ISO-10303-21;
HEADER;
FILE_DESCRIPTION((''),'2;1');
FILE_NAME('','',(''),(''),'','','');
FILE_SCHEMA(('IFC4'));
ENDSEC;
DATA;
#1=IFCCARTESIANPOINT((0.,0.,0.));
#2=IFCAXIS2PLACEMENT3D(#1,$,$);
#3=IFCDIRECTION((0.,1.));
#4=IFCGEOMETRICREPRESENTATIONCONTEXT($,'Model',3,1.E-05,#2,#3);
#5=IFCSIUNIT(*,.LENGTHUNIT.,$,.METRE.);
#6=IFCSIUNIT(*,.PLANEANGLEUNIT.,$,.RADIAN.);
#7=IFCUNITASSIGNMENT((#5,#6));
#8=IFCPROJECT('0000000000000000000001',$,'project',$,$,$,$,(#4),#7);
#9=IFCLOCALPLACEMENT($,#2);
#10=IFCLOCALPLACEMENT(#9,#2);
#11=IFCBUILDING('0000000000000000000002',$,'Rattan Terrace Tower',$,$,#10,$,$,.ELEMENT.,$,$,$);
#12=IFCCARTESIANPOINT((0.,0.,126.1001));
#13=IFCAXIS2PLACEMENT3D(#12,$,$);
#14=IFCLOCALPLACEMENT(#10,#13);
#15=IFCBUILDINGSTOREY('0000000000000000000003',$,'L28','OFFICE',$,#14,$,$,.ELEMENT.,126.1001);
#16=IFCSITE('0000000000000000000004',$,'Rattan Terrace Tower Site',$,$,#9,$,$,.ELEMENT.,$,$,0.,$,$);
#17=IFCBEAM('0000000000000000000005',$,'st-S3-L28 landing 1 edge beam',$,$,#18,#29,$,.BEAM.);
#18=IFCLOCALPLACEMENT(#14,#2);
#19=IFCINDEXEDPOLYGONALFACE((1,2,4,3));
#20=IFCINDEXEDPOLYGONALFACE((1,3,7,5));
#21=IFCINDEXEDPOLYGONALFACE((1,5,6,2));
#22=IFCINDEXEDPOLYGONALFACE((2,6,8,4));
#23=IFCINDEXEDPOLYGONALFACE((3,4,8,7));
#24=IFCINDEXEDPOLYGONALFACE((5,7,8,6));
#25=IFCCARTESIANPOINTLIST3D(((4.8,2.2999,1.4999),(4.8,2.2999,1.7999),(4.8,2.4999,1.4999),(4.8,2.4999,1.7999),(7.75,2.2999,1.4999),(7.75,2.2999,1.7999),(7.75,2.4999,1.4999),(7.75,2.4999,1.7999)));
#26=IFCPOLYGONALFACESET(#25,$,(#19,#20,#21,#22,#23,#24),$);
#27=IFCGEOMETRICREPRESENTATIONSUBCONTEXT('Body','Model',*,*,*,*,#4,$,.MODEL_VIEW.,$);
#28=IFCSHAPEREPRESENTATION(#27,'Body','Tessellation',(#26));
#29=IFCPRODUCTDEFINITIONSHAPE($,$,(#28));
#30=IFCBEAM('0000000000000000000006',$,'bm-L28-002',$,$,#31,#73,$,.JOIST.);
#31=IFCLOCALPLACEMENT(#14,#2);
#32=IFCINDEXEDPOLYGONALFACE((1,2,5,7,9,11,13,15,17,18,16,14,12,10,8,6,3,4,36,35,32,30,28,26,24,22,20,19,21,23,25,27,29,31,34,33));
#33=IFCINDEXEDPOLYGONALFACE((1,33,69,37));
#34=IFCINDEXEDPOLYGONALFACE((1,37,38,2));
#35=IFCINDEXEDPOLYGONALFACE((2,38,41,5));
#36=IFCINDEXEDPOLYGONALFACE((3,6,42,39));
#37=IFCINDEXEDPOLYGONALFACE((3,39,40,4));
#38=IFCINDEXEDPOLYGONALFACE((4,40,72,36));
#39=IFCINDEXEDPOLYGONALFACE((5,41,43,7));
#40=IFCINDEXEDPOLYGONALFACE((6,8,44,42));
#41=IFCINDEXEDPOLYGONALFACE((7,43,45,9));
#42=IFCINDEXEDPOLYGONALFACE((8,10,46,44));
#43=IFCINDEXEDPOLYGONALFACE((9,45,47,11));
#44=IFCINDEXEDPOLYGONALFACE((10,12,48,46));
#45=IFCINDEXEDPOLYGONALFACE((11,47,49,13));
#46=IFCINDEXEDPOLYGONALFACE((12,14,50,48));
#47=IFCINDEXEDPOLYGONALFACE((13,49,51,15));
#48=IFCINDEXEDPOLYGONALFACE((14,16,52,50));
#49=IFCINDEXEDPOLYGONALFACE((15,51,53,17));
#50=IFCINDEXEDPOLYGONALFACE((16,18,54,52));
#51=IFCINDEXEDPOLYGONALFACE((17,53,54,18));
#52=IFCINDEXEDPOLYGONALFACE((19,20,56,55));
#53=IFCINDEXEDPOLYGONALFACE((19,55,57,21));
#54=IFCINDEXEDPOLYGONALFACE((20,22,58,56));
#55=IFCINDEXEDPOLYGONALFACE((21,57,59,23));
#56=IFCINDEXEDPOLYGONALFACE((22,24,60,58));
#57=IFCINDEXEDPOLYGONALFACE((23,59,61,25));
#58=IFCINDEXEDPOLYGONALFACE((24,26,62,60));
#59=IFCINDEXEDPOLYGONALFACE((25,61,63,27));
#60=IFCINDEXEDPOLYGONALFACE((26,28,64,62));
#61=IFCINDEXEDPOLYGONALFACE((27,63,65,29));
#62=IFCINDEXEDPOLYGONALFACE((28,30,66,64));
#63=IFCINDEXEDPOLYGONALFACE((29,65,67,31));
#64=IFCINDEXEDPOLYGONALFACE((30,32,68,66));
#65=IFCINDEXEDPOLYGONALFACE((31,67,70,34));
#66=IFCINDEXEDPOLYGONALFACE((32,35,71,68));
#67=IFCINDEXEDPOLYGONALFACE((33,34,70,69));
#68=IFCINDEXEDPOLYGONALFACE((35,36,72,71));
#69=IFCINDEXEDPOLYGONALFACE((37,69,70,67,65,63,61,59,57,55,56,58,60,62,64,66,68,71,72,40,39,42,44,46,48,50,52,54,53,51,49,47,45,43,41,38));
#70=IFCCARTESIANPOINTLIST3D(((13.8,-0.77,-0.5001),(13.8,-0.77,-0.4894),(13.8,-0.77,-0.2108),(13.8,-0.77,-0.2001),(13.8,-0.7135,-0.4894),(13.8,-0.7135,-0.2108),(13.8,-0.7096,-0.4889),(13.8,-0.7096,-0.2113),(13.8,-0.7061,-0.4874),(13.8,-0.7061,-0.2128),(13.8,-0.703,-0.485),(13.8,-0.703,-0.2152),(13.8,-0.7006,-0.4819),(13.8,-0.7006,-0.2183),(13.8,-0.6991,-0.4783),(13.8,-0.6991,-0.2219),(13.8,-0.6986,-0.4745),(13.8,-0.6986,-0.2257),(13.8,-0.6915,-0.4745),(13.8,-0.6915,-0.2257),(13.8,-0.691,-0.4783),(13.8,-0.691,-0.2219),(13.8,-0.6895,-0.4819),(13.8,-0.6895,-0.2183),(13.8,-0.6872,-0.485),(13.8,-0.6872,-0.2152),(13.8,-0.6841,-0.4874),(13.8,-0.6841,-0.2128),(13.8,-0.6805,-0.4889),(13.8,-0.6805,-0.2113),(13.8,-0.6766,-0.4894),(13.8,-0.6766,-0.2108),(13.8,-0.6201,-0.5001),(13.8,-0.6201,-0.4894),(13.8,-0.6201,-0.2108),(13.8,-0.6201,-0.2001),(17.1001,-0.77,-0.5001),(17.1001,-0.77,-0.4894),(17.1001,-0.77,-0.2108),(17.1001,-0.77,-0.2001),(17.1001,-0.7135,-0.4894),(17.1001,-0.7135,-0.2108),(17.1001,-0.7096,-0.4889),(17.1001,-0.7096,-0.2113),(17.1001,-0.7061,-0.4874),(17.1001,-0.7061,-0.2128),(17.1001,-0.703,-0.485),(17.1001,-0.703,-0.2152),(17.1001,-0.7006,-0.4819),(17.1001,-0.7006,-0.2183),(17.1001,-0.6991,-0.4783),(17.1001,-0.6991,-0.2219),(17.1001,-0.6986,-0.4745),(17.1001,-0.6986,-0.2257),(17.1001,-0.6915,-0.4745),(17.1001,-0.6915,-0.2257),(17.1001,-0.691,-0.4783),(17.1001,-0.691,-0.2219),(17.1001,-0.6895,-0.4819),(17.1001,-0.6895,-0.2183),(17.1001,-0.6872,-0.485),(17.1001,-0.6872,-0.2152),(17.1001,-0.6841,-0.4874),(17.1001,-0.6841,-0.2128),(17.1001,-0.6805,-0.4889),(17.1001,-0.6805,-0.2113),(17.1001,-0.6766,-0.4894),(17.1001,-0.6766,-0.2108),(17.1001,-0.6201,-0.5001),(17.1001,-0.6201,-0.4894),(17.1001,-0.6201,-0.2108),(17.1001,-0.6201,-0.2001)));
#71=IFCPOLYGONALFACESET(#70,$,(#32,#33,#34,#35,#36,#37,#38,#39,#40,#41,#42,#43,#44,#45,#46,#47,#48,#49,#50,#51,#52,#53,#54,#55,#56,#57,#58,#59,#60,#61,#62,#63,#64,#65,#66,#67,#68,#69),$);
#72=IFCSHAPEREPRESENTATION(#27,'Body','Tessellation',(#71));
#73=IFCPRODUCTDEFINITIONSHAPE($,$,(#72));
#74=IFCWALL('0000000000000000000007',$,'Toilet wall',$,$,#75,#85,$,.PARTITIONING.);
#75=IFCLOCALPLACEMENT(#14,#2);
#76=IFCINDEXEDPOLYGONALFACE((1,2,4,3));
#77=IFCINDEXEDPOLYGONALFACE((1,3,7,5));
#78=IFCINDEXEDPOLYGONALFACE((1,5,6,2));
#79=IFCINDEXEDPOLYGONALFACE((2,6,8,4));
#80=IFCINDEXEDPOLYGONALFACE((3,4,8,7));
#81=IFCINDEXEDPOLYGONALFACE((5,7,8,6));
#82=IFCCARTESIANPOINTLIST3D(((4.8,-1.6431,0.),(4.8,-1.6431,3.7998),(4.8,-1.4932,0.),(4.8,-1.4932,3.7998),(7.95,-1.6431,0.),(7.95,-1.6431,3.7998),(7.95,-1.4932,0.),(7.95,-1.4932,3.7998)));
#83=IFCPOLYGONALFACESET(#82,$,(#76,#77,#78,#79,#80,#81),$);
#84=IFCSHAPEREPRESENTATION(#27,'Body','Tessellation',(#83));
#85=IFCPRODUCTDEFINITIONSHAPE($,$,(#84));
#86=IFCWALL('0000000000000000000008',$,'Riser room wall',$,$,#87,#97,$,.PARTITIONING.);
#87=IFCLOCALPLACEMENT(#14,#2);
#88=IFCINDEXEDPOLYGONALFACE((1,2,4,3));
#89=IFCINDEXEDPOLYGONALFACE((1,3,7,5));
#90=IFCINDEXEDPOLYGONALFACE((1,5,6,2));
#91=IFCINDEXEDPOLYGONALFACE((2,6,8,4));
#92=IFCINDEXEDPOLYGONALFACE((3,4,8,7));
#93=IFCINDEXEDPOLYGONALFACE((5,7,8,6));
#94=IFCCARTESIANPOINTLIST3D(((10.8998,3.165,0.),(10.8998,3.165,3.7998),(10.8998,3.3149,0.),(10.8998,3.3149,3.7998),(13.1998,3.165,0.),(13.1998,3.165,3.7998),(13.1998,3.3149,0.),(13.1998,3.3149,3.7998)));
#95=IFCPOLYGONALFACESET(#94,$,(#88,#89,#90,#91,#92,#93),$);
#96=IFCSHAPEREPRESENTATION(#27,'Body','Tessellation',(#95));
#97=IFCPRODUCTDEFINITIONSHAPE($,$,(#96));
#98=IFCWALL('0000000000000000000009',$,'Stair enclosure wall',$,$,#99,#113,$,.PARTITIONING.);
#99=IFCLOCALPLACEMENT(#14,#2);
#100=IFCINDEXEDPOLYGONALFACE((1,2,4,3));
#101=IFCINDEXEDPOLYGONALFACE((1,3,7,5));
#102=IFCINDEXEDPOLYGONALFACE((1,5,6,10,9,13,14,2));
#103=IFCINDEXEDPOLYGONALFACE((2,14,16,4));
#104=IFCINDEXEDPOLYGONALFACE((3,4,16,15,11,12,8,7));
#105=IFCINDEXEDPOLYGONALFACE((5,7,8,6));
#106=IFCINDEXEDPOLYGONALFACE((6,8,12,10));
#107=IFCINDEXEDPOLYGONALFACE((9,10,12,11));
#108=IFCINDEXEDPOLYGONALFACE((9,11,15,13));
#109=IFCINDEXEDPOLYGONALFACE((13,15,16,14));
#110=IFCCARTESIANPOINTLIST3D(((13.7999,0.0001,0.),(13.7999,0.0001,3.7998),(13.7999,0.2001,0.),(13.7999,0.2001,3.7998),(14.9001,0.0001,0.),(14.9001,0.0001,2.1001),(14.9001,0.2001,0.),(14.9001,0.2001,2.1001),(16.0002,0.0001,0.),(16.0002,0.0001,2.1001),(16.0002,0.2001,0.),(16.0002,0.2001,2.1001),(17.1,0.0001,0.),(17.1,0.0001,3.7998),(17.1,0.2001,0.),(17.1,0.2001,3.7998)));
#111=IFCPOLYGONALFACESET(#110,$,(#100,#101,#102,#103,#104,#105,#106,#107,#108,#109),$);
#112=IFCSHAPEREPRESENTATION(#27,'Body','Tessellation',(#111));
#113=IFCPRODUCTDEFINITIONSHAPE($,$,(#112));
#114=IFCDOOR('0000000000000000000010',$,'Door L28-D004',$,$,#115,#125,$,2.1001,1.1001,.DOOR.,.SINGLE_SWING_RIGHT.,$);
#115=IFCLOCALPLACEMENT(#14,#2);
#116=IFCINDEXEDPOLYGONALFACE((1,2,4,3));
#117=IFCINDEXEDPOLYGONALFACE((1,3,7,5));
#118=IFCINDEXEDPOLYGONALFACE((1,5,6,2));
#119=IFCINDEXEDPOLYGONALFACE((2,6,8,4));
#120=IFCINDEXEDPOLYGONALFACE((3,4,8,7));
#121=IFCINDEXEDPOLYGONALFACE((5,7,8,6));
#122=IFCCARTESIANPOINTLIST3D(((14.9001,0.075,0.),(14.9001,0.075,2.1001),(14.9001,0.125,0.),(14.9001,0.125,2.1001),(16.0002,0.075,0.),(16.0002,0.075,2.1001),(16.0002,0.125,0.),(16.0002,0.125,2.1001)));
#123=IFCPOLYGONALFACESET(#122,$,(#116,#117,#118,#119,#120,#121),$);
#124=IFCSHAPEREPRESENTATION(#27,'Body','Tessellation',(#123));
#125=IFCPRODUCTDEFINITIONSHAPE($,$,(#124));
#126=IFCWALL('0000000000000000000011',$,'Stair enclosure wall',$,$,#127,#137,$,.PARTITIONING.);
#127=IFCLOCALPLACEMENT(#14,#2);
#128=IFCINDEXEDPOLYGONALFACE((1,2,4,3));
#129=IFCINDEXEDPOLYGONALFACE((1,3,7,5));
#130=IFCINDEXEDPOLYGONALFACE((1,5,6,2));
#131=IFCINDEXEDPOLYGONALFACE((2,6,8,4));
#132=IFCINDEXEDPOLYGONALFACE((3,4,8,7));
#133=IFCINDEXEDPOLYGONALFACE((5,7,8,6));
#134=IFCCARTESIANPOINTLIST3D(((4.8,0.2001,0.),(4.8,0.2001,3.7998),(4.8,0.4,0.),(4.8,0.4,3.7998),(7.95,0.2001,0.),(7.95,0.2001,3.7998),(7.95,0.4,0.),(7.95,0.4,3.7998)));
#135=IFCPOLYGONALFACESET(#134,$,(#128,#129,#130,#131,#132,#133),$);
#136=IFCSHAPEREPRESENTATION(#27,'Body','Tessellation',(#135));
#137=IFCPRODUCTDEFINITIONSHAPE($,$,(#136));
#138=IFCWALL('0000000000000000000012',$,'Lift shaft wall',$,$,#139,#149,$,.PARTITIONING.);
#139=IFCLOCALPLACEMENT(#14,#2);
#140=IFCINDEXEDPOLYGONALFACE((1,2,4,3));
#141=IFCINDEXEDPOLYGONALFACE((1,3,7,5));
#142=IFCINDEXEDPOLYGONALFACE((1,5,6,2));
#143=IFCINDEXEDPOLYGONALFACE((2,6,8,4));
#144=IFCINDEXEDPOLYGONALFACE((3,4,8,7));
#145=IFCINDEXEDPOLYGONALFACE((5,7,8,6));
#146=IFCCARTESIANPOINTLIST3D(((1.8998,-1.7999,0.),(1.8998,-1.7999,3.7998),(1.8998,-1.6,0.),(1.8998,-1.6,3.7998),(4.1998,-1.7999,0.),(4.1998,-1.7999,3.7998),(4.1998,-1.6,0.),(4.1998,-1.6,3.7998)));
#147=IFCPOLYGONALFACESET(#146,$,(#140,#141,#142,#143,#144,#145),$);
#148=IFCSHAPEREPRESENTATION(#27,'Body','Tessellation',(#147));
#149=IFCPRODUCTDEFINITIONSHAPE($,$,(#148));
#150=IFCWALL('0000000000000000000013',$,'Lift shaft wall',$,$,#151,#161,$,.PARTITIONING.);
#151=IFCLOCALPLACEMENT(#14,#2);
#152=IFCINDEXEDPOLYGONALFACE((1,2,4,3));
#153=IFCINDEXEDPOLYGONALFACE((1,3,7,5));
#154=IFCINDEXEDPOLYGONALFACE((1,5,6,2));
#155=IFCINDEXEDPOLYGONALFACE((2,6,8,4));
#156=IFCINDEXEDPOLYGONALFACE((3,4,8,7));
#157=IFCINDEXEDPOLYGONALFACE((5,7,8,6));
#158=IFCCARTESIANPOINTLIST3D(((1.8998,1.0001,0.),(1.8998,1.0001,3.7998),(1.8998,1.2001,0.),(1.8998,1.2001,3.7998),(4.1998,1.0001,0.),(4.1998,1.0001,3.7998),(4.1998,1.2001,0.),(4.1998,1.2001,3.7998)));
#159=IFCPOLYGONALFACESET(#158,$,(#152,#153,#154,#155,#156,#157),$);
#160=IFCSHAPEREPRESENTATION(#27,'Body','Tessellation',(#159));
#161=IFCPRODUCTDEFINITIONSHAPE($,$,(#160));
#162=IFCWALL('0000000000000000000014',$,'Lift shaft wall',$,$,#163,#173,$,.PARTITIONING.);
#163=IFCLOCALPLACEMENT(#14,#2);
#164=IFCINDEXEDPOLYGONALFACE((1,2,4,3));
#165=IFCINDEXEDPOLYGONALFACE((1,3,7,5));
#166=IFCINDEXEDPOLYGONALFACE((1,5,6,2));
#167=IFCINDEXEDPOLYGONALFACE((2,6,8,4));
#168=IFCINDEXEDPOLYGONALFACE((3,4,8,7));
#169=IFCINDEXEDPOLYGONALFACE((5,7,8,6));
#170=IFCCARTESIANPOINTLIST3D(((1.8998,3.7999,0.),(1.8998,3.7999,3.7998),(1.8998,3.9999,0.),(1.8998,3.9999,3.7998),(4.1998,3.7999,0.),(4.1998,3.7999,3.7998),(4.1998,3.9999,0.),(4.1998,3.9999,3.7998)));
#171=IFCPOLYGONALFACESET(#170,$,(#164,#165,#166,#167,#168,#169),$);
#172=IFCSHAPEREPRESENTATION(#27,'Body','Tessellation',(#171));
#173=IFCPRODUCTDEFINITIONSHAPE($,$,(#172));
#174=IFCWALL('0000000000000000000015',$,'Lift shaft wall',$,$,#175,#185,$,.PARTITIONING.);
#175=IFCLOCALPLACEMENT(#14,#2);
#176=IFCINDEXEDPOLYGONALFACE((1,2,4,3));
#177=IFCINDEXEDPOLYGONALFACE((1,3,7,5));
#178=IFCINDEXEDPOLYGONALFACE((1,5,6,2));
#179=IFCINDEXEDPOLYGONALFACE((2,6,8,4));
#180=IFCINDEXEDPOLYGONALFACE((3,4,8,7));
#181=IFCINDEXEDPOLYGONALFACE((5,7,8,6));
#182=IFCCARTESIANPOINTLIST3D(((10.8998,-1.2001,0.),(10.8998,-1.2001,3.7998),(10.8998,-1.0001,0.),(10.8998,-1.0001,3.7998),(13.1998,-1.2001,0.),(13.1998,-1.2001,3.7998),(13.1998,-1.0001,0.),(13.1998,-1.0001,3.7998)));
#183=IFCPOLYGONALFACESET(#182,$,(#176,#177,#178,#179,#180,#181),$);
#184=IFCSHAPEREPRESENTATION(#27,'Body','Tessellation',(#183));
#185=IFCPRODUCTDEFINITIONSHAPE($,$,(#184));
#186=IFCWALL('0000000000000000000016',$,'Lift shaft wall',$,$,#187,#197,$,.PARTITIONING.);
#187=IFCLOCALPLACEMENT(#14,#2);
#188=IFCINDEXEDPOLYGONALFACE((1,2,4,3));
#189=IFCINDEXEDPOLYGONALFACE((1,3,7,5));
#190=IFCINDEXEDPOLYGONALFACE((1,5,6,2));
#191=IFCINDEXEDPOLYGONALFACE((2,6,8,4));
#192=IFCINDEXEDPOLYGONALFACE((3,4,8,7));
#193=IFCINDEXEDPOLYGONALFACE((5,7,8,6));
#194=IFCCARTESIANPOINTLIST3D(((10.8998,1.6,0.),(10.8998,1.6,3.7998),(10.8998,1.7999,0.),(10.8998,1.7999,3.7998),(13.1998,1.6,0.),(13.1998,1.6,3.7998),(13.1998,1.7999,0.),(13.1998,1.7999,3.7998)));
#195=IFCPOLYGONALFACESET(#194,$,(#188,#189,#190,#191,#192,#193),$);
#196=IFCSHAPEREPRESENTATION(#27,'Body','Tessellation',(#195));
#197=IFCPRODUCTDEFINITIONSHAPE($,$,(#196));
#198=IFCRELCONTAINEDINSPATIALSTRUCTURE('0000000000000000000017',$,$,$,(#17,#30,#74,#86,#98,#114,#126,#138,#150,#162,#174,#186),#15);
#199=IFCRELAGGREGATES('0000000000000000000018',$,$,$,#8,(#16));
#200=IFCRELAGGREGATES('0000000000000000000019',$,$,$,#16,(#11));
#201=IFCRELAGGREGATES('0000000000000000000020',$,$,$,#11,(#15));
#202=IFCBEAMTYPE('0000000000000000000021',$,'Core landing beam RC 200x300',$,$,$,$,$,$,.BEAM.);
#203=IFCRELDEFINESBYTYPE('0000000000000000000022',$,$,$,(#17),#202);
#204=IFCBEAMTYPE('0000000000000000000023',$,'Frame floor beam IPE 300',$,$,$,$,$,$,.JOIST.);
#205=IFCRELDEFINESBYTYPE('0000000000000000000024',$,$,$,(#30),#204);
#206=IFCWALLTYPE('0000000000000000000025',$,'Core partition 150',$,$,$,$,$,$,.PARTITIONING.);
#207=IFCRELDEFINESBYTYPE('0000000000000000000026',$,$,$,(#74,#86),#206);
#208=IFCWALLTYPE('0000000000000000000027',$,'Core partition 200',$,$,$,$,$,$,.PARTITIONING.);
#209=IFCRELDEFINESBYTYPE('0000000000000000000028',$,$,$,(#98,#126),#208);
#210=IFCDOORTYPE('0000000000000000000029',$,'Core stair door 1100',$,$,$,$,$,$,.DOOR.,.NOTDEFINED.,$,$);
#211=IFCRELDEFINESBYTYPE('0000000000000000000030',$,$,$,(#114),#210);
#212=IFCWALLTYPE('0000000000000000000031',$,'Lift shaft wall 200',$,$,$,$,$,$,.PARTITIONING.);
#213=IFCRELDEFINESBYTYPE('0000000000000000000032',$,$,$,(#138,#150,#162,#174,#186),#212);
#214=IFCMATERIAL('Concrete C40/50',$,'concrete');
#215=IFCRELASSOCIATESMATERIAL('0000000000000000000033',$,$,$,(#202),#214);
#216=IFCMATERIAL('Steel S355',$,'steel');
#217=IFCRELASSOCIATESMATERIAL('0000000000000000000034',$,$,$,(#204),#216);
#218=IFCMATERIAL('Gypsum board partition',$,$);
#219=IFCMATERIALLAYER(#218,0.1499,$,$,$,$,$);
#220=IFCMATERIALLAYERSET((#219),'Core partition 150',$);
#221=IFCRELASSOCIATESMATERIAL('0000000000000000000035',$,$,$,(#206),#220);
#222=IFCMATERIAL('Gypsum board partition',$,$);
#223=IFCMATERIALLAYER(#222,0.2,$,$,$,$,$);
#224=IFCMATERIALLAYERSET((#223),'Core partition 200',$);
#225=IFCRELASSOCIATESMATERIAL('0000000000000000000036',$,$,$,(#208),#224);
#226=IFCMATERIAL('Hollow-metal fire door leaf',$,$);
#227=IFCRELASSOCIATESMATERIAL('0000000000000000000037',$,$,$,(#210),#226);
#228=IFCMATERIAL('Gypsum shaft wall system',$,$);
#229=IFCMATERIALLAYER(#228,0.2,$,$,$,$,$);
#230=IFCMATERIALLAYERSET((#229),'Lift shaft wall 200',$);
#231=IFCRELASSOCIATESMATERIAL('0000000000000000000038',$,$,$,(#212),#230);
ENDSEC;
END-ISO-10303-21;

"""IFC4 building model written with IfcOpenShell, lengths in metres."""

from ifc_helpers import new_model, si_unit, direction, frame, frame_2d, origin, origin_2d, place, context, subcontext, project, spatial, rectangle, i_section, extrude, material, layer, layer_set, material_profile, profile_set, type_object, element, fill, save


model = new_model("IFC4")

# Units and contexts
model_context = context("Model", 3, precision=1e-05, world=origin(), true_north=direction((0.0, 1.0)))
body_context = subcontext(model_context, "Body", "Model", "MODEL_VIEW")
ifc_project = project(units=[si_unit("LENGTHUNIT", "METRE"), si_unit("PLANEANGLEUNIT", "RADIAN")], contexts=[model_context])

# Site, building, storey
site_placement = place(None, origin())
site = spatial("IfcSite", under=ifc_project, at=site_placement, Name="Rattan Terrace Tower Site", CompositionType="ELEMENT", RefElevation=0.0)
building_placement = place(site_placement, origin())
building = spatial("IfcBuilding", under=site, at=building_placement, Name="Rattan Terrace Tower", CompositionType="ELEMENT")
storey_placement = place(building_placement, frame((0.0, 0.0, 126.1001)))
storey = spatial("IfcBuildingStorey", under=building, at=storey_placement, Name="L28", Description="OFFICE", CompositionType="ELEMENT", Elevation=126.1001)

# Beams
ifc_material_1 = material(Name="Concrete C40/50", Category="concrete")
ifc_material_profile_1 = material_profile(ifc_material_1, rectangle(XDim=0.2, YDim=0.3, at=origin_2d()), Name="RC 200x300")
ifc_profile_set_1 = profile_set([ifc_material_profile_1], Name="Concrete C40/50")
beam_type_1 = type_object("IfcBeamType", Name="Core landing beam RC 200x300", PredefinedType="BEAM", material=ifc_profile_set_1)
beam_1_placement = place(storey_placement, frame((4.8, 2.3999, 1.6499), z_axis=(1.0, 0.0, 0.0), x_axis=(0.0, 1.0, 0.0)))
element("IfcBeam", 1, at=beam_1_placement, inside=storey, type_object=beam_type_1, Name="st-S3-L28 landing 1 edge beam", PredefinedType="BEAM", context=body_context, shape_type="SweptSolid", body=[
    extrude(rectangle(XDim=0.2, YDim=0.3, at=origin_2d()), origin(), (0.0, 0.0, 1.0), 2.95),
])
ifc_material_2 = material(Name="Steel S355", Category="steel")
ifc_material_profile_2 = material_profile(ifc_material_2, i_section(OverallWidth=0.1499, OverallDepth=0.3, WebThickness=0.0071, FlangeThickness=0.0107, FilletRadius=0.0149, at=origin_2d()), Name="IPE 300")
ifc_profile_set_2 = profile_set([ifc_material_profile_2], Name="Steel S355")
beam_type_2 = type_object("IfcBeamType", Name="Frame floor beam IPE 300", PredefinedType="JOIST", material=ifc_profile_set_2)
beam_2_placement = place(storey_placement, frame((13.8, -0.6951, -0.3501), z_axis=(1.0, 0.0, 0.0), x_axis=(0.0, 1.0, 0.0)))
element("IfcBeam", 2, at=beam_2_placement, inside=storey, type_object=beam_type_2, Name="bm-L28-002", PredefinedType="JOIST", context=body_context, shape_type="SweptSolid", body=[
    extrude(i_section(OverallWidth=0.1499, OverallDepth=0.3, WebThickness=0.0071, FlangeThickness=0.0107, FilletRadius=0.0149, at=origin_2d()), origin(), (0.0, 0.0, 1.0), 3.3),
])

# Walls
ifc_material_3 = material(Name="Gypsum board partition")
ifc_layer_1 = layer(ifc_material_3, 0.1499)
ifc_layer_set_1 = layer_set([ifc_layer_1], Name="Core partition 150")
wall_type_1 = type_object("IfcWallType", Name="Core partition 150", PredefinedType="PARTITIONING", material=ifc_layer_set_1)
wall_1_placement = place(storey_placement, frame((4.8, -1.5681, 0.0), z_axis=(0.0, 0.0, 1.0), x_axis=(1.0, 0.0, 0.0)))
element("IfcWall", 3, at=wall_1_placement, inside=storey, type_object=wall_type_1, Name="Toilet wall", PredefinedType="PARTITIONING", context=body_context, shape_type="SweptSolid", body=[
    extrude(rectangle(XDim=3.1499, YDim=0.1499, at=frame_2d((1.575, 0.0))), origin(), (0.0, 0.0, 1.0), 3.7998),
])
wall_2_placement = place(storey_placement, frame((10.8999, 3.24, 0.0), z_axis=(0.0, 0.0, 1.0), x_axis=(1.0, 0.0, 0.0)))
element("IfcWall", 4, at=wall_2_placement, inside=storey, type_object=wall_type_1, Name="Riser room wall", PredefinedType="PARTITIONING", context=body_context, shape_type="SweptSolid", body=[
    extrude(rectangle(XDim=2.3, YDim=0.1499, at=frame_2d((1.1499, 0.0))), origin(), (0.0, 0.0, 1.0), 3.7998),
])

# Wall, opening, door
ifc_material_4 = material(Name="Gypsum board partition")
ifc_layer_2 = layer(ifc_material_4, 0.2)
ifc_layer_set_2 = layer_set([ifc_layer_2], Name="Core partition 200")
wall_type_2 = type_object("IfcWallType", Name="Core partition 200", PredefinedType="PARTITIONING", material=ifc_layer_set_2)
wall_3_placement = place(storey_placement, frame((13.8, 0.1001, 0.0), z_axis=(0.0, 0.0, 1.0), x_axis=(1.0, 0.0, 0.0)))
wall_3 = element("IfcWall", 5, at=wall_3_placement, inside=storey, type_object=wall_type_2, Name="Stair enclosure wall", PredefinedType="PARTITIONING", context=body_context, shape_type="SweptSolid", body=[
    extrude(rectangle(XDim=3.3, YDim=0.2, at=frame_2d((1.6499, 0.0))), origin(), (0.0, 0.0, 1.0), 3.7998),
])
opening_placement = place(wall_3_placement, frame((1.1001, 0.0, 0.0)))
opening = element("IfcOpeningElement", 6, at=opening_placement, cuts=wall_3, PredefinedType="OPENING", context=body_context, shape_type="SweptSolid", body=[
    extrude(rectangle(XDim=1.1001, YDim=2.1001, at=frame_2d((0.55, 1.05))), frame((0.0, 0.1106, 0.0), z_axis=(0.0, -1.0, 0.0), x_axis=(1.0, 0.0, 0.0)), (0.0, 0.0, 1.0), 0.2209),
])
ifc_material_5 = material(Name="Hollow-metal fire door leaf")
door_type = type_object("IfcDoorType", Name="Core stair door 1100", OperationType="NOTDEFINED", PredefinedType="DOOR", material=ifc_material_5)
door_placement = place(opening_placement, origin())
door = element("IfcDoor", 7, at=door_placement, inside=storey, type_object=door_type, Name="Door L28-D004", OperationType="SINGLE_SWING_RIGHT", OverallHeight=2.1001, OverallWidth=1.1001, PredefinedType="DOOR", context=body_context, shape_type="SweptSolid", body=[
    extrude(rectangle(XDim=1.1001, YDim=2.1001, at=frame_2d((0.55, 1.05))), frame((0.0, 0.0249, 0.0), z_axis=(0.0, -1.0, 0.0), x_axis=(1.0, 0.0, 0.0)), (0.0, 0.0, 1.0), 0.05),
])
fill(opening, door)

# Walls
wall_4_placement = place(storey_placement, frame((4.8, 0.3, 0.0), z_axis=(0.0, 0.0, 1.0), x_axis=(1.0, 0.0, 0.0)))
element("IfcWall", 8, at=wall_4_placement, inside=storey, type_object=wall_type_2, Name="Stair enclosure wall", PredefinedType="PARTITIONING", context=body_context, shape_type="SweptSolid", body=[
    extrude(rectangle(XDim=3.1499, YDim=0.2, at=frame_2d((1.575, 0.0))), origin(), (0.0, 0.0, 1.0), 3.7998),
])
ifc_material_6 = material(Name="Gypsum shaft wall system")
ifc_layer_3 = layer(ifc_material_6, 0.2)
ifc_layer_set_3 = layer_set([ifc_layer_3], Name="Lift shaft wall 200")
wall_type_3 = type_object("IfcWallType", Name="Lift shaft wall 200", PredefinedType="PARTITIONING", material=ifc_layer_set_3)
for number, where, z_axis, x_axis, name in (
    (9, (1.8999, -1.7, 0.0), (0.0, 0.0, 1.0), (1.0, 0.0, 0.0), "Lift shaft wall"),
    (10, (1.8999, 1.1001, 0.0), (0.0, 0.0, 1.0), (1.0, 0.0, 0.0), "Lift shaft wall"),
    (11, (1.8999, 3.8999, 0.0), (0.0, 0.0, 1.0), (1.0, 0.0, 0.0), "Lift shaft wall"),
    (12, (10.8999, -1.1001, 0.0), (0.0, 0.0, 1.0), (1.0, 0.0, 0.0), "Lift shaft wall"),
    (13, (10.8999, 1.7, 0.0), (0.0, 0.0, 1.0), (1.0, 0.0, 0.0), "Lift shaft wall"),
):
    element("IfcWall", number, at=place(storey_placement, frame(where, z_axis=z_axis, x_axis=x_axis)), inside=storey, type_object=wall_type_3, Name=name, PredefinedType="PARTITIONING", context=body_context, shape_type="SweptSolid", body=[
        extrude(rectangle(XDim=2.3, YDim=0.2, at=frame_2d((1.1499, 0.0))), origin(), (0.0, 0.0, 1.0), 3.7998),
    ])

save(model, "model.ifc")
